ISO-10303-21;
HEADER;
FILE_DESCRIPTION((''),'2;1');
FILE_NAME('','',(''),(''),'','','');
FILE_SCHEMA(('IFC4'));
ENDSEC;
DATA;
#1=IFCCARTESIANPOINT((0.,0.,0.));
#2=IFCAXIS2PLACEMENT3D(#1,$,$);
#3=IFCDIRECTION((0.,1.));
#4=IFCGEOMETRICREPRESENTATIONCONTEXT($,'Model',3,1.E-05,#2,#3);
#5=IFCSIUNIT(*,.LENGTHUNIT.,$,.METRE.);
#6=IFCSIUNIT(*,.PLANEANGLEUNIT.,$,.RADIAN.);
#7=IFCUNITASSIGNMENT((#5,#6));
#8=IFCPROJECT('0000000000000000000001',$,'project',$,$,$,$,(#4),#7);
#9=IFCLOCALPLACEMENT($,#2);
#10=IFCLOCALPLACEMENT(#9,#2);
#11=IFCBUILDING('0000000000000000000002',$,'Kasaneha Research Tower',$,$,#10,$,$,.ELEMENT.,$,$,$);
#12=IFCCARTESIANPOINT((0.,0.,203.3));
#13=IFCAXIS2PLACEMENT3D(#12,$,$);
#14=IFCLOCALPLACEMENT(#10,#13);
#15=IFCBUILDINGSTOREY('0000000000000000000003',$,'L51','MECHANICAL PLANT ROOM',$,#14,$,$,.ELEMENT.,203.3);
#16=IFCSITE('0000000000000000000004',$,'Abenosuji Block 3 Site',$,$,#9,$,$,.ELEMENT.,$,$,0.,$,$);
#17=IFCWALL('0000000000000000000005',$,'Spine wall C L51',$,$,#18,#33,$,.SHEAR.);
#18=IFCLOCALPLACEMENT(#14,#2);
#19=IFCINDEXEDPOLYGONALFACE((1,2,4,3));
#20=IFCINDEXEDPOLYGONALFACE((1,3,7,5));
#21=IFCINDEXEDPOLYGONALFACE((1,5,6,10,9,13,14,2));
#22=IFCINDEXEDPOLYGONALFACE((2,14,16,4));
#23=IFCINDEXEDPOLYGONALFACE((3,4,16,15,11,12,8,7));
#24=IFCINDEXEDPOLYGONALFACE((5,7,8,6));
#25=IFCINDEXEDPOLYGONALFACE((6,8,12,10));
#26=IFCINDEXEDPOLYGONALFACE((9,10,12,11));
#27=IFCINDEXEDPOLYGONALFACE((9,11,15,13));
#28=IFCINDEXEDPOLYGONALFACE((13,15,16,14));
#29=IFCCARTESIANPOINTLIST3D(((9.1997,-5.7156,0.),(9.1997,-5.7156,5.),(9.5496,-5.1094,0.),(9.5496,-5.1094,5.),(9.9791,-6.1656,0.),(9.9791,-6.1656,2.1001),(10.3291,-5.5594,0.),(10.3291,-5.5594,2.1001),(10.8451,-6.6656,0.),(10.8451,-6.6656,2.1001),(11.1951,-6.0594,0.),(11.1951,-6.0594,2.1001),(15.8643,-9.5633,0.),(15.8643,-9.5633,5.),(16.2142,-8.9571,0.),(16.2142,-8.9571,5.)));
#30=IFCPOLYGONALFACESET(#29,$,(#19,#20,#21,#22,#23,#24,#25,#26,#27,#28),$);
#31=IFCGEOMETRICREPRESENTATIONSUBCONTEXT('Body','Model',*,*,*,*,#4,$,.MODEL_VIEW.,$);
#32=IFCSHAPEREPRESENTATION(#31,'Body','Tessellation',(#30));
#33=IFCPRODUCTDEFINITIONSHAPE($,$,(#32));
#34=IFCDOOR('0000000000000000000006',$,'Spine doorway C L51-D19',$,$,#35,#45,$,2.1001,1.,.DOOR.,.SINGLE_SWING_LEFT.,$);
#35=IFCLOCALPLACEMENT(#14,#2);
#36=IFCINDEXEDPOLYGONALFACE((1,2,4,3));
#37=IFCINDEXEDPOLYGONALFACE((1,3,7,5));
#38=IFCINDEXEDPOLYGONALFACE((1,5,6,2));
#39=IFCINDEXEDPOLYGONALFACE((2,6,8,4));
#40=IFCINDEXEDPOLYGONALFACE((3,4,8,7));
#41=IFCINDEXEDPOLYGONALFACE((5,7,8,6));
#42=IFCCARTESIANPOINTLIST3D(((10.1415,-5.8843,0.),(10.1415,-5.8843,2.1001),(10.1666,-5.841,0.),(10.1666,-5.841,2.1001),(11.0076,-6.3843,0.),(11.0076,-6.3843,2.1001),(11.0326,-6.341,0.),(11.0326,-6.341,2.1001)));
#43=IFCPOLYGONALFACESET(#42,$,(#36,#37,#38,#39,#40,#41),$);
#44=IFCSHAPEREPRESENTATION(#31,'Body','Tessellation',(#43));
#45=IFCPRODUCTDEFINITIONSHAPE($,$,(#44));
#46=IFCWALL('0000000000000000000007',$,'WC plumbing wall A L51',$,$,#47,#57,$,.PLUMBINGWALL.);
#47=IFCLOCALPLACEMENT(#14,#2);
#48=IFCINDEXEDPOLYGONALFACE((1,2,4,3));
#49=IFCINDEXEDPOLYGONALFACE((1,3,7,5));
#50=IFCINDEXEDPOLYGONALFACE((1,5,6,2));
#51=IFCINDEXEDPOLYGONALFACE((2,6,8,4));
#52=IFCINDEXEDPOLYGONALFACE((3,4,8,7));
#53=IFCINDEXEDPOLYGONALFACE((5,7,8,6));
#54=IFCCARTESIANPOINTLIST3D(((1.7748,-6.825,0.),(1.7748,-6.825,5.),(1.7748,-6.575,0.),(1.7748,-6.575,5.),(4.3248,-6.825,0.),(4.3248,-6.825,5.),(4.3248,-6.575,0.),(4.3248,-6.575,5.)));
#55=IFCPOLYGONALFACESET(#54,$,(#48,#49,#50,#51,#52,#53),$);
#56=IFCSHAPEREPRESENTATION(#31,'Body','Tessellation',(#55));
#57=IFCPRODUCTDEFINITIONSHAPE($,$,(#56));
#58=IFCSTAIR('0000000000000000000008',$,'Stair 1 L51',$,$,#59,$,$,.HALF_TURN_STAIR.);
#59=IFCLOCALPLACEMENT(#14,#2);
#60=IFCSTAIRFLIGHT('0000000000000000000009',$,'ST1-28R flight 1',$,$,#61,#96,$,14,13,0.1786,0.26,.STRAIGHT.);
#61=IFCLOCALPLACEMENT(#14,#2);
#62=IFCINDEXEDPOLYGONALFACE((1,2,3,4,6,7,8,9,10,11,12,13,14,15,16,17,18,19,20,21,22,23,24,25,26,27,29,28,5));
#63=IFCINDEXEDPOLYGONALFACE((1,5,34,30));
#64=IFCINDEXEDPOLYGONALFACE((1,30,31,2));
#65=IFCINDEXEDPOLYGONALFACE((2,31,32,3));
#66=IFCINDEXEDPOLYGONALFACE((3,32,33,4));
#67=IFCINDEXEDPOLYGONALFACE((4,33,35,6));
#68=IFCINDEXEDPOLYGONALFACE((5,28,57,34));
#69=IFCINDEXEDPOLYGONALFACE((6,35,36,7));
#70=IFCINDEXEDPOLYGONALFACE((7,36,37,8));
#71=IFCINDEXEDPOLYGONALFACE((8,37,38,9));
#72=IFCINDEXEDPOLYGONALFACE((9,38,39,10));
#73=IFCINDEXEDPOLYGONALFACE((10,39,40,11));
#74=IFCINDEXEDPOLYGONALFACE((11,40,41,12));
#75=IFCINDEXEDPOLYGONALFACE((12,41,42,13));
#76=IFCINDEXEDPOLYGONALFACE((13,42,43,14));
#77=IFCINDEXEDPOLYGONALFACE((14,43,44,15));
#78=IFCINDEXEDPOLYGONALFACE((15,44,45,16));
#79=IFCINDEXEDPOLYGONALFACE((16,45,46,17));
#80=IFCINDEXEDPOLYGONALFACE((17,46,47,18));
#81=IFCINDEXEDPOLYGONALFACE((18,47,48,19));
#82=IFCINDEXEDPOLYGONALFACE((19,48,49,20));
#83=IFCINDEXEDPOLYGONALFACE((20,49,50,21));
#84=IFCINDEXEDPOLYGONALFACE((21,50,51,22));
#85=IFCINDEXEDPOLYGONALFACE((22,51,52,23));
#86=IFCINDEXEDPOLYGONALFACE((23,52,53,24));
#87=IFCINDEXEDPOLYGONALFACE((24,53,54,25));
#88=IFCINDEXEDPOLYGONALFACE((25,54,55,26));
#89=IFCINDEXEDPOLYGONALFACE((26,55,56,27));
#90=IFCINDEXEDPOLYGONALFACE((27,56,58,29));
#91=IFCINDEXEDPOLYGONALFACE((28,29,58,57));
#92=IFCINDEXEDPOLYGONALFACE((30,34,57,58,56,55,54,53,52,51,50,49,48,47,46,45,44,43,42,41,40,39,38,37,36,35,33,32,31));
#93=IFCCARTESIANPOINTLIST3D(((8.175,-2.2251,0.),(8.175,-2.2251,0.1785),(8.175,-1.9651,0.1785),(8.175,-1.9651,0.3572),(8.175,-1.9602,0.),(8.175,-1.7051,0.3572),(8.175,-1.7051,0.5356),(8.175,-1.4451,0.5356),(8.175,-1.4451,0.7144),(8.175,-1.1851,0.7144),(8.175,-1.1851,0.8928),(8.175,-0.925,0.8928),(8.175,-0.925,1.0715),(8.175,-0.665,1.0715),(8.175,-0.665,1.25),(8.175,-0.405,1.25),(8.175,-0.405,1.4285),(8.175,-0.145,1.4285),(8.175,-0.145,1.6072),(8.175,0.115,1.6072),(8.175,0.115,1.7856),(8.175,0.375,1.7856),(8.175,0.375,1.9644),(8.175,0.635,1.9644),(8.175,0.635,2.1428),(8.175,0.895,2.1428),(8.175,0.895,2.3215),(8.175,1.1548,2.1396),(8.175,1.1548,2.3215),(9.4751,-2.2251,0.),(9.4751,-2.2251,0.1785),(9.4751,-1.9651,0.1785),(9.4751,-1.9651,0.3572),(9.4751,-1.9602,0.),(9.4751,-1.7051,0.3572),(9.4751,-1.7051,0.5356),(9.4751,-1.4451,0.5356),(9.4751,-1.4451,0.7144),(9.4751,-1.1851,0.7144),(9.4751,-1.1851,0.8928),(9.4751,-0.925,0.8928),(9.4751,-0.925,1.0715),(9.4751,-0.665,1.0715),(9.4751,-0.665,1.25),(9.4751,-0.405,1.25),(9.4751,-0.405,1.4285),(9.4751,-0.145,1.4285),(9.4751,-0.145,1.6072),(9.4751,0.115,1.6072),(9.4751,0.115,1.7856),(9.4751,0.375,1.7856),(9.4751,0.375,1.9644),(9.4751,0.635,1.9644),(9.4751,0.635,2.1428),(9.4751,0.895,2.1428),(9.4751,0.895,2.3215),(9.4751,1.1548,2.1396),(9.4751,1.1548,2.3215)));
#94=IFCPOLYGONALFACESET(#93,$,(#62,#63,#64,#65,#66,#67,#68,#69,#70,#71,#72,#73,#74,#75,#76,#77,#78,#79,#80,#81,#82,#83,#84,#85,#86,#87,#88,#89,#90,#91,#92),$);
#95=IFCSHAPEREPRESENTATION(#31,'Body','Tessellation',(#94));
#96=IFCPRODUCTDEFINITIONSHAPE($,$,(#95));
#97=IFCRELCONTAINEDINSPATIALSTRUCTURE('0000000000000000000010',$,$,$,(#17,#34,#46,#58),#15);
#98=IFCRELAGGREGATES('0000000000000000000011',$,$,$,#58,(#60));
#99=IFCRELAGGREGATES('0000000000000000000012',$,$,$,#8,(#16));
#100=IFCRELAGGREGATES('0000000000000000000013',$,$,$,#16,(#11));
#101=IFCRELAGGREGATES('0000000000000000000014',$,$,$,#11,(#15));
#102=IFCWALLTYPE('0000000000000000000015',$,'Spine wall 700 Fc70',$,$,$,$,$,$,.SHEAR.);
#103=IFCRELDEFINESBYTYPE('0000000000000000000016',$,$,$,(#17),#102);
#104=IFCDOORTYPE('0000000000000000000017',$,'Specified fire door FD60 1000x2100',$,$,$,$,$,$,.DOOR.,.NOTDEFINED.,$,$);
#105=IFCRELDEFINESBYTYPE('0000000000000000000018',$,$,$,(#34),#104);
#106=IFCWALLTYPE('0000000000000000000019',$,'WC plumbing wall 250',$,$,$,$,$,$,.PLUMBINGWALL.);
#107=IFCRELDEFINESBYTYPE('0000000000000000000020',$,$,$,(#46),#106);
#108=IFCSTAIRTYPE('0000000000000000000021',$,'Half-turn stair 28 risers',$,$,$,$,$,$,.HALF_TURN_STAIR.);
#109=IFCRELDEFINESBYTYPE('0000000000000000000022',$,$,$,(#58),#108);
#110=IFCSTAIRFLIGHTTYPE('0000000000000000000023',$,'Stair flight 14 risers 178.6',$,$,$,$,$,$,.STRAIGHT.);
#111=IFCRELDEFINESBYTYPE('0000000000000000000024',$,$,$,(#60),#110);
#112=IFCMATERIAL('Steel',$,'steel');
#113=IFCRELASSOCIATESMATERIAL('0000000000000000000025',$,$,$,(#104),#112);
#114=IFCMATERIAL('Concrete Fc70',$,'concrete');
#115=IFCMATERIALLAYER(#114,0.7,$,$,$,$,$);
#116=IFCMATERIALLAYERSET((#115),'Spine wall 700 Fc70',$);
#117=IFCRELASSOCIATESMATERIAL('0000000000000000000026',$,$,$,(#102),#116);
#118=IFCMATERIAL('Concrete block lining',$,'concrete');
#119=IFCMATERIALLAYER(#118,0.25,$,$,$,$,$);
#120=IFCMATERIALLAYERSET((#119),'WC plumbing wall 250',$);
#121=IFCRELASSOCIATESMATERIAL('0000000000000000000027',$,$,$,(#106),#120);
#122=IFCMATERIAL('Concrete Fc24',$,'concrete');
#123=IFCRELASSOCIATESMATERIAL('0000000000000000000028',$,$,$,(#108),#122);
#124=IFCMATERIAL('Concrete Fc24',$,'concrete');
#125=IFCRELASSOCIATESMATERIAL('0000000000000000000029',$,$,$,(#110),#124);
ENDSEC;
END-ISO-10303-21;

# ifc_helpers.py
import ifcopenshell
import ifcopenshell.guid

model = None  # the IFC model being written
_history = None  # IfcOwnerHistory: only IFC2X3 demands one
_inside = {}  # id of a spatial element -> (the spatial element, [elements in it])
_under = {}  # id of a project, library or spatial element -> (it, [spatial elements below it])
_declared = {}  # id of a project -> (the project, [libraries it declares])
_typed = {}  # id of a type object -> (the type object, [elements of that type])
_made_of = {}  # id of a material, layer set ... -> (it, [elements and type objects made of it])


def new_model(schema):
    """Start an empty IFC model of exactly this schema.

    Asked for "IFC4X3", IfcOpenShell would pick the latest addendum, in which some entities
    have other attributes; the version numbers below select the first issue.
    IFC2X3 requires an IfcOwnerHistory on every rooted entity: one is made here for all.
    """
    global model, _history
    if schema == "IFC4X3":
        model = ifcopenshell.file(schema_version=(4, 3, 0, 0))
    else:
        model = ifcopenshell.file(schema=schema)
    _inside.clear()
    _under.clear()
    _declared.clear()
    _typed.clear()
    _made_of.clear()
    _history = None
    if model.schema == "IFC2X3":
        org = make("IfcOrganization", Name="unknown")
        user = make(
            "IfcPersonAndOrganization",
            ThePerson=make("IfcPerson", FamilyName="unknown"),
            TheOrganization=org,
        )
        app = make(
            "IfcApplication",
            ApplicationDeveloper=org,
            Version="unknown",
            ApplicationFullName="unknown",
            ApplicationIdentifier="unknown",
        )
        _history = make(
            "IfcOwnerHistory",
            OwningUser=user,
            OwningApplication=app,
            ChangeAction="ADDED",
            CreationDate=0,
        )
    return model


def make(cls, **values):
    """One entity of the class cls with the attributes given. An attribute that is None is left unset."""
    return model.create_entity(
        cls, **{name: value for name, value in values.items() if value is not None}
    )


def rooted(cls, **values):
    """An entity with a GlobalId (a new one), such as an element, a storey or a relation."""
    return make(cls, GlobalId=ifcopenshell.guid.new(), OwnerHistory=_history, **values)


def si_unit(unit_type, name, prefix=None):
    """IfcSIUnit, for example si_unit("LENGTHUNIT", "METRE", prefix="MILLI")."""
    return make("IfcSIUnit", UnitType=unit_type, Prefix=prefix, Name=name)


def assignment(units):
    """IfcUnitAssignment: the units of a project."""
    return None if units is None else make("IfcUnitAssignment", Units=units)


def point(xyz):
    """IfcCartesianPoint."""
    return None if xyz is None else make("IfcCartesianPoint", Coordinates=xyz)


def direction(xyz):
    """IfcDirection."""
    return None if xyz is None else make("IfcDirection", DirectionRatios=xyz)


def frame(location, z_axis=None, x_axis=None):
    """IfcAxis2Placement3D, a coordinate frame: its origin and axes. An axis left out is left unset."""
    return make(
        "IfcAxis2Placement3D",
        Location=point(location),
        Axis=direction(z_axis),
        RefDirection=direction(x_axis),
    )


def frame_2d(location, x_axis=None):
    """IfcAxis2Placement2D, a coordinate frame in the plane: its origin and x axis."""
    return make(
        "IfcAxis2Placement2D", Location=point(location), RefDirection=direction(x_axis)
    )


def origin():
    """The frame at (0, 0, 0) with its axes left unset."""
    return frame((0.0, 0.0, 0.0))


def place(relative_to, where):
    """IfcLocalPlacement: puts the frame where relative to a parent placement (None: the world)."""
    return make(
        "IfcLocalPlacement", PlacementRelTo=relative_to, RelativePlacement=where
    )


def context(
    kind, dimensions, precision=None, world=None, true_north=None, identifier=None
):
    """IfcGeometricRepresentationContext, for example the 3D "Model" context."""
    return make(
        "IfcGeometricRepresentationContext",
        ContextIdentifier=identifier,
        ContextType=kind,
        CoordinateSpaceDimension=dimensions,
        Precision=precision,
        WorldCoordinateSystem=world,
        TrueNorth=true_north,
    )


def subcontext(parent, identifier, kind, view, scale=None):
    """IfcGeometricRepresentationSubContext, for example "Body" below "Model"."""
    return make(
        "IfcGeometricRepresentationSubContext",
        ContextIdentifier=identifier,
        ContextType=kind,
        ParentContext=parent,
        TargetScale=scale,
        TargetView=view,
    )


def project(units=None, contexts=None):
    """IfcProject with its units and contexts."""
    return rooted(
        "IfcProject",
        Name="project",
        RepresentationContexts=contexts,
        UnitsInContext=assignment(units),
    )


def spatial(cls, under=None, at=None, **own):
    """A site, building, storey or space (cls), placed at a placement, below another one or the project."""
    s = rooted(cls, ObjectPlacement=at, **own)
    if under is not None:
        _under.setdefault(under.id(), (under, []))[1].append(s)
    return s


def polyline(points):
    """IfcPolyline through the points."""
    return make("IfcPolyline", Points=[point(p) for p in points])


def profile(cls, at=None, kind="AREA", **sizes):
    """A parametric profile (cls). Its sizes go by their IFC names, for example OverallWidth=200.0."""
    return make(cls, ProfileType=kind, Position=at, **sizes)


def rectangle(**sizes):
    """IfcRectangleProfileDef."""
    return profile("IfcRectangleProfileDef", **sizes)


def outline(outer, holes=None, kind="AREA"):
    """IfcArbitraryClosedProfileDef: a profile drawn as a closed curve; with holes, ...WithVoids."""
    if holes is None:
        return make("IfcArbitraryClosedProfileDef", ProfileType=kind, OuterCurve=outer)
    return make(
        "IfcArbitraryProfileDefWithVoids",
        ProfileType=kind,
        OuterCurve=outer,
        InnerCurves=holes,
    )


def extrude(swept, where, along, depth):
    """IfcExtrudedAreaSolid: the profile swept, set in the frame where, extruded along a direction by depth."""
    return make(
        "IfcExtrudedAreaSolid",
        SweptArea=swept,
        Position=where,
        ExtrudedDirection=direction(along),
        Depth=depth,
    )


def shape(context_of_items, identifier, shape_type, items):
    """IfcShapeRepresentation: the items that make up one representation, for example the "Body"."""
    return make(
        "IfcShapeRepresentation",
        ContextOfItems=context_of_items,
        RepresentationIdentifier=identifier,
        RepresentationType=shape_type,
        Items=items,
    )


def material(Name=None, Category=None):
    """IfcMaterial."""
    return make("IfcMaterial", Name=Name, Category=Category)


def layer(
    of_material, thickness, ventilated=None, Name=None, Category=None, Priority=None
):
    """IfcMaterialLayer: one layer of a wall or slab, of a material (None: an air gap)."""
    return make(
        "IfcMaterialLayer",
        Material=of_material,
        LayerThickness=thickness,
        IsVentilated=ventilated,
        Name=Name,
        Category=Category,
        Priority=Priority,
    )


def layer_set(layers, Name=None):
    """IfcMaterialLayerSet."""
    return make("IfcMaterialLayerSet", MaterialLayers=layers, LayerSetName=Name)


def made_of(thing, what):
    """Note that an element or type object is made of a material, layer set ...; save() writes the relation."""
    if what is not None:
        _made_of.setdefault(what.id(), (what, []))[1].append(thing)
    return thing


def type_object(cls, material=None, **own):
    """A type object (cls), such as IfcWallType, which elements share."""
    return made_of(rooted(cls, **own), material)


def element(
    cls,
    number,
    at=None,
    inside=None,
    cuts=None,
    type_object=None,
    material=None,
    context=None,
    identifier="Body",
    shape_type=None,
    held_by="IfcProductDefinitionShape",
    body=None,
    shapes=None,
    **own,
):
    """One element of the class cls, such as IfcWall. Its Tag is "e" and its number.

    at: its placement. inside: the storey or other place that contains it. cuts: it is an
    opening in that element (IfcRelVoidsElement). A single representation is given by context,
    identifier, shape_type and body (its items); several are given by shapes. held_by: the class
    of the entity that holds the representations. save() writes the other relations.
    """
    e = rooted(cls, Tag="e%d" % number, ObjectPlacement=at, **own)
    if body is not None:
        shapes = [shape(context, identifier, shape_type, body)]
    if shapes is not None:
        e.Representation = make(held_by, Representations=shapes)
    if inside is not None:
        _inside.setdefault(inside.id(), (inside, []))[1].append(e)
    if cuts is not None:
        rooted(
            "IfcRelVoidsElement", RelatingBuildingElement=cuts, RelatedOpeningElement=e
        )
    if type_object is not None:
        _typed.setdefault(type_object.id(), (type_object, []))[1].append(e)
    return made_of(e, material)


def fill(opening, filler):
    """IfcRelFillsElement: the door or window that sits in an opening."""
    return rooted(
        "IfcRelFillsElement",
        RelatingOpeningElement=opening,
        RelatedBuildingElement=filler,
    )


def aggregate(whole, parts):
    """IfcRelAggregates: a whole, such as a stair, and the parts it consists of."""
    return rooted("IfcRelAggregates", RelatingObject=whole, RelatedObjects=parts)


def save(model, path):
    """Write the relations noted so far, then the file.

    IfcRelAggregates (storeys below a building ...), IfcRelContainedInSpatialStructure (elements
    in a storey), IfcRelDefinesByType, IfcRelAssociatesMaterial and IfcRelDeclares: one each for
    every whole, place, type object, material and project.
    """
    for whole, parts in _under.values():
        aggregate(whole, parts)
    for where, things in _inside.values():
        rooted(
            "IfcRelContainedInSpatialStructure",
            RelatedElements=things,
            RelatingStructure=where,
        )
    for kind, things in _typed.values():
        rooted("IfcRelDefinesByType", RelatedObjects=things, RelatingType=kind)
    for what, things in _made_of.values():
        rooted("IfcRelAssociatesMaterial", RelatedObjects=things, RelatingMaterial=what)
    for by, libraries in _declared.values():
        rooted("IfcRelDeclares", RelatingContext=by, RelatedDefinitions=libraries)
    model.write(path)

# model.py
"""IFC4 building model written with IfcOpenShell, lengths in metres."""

from ifc_helpers import new_model, si_unit, direction, frame, frame_2d, origin, place, context, subcontext, project, spatial, polyline, rectangle, outline, extrude, material, layer, layer_set, type_object, element, fill, aggregate, save


model = new_model("IFC4")

# Units and contexts
model_context = context("Model", 3, precision=1e-05, world=origin(), true_north=direction((0.0, 1.0)))
body_context = subcontext(model_context, "Body", "Model", "MODEL_VIEW")
ifc_project = project(units=[si_unit("LENGTHUNIT", "METRE"), si_unit("PLANEANGLEUNIT", "RADIAN")], contexts=[model_context])

# Site, building, storey
site_placement = place(None, origin())
site = spatial("IfcSite", under=ifc_project, at=site_placement, Name="Abenosuji Block 3 Site", CompositionType="ELEMENT", RefElevation=0.0)
building_placement = place(site_placement, origin())
building = spatial("IfcBuilding", under=site, at=building_placement, Name="Kasaneha Research Tower", CompositionType="ELEMENT")
storey_placement = place(building_placement, frame((0.0, 0.0, 203.3)))
storey = spatial("IfcBuildingStorey", under=building, at=storey_placement, Name="L51", Description="MECHANICAL PLANT ROOM", CompositionType="ELEMENT", Elevation=203.3)

# Shared definitions
ifc_material_1 = material(Name="Steel", Category="steel")
door_type_1 = type_object("IfcDoorType", Name="Specified fire door FD60 1000x2100", OperationType="NOTDEFINED", PredefinedType="DOOR", material=ifc_material_1)

# Wall, opening, door
ifc_material_2 = material(Name="Concrete Fc70", Category="concrete")
ifc_layer_1 = layer(ifc_material_2, 0.7)
ifc_layer_set_1 = layer_set([ifc_layer_1], Name="Spine wall 700 Fc70")
wall_type_1 = type_object("IfcWallType", Name="Spine wall 700 Fc70", PredefinedType="SHEAR", material=ifc_layer_set_1)
wall_1_placement = place(storey_placement, frame((9.3748, -5.4126, 0.0), z_axis=(0.0, 0.0, 1.0), x_axis=(0.866032, -0.499988, 0.0)))
wall_1 = element("IfcWall", 1, at=wall_1_placement, inside=storey, type_object=wall_type_1, Name="Spine wall C L51", PredefinedType="SHEAR", context=body_context, shape_type="SweptSolid", body=[
    extrude(rectangle(XDim=7.6956, YDim=0.7, at=frame_2d((3.8477, 0.0))), origin(), (0.0, 0.0, 1.0), 5.0),
])
opening_1_placement = place(wall_1_placement, frame((0.8999, 0.0, 0.0)))
opening_1 = element("IfcOpeningElement", 2, at=opening_1_placement, cuts=wall_1, PredefinedType="OPENING", context=body_context, shape_type="SweptSolid", body=[
    extrude(rectangle(XDim=1.0, YDim=2.1001, at=frame_2d((0.5, 1.05))), frame((0.0, 0.3599, 0.0), z_axis=(0.0, -1.0, 0.0), x_axis=(1.0, 0.0, 0.0)), (0.0, 0.0, 1.0), 0.72),
])
door_1_placement = place(opening_1_placement, origin())
door_1 = element("IfcDoor", 3, at=door_1_placement, inside=storey, type_object=door_type_1, Name="Spine doorway C L51-D19", OperationType="SINGLE_SWING_LEFT", OverallHeight=2.1001, OverallWidth=1.0, PredefinedType="DOOR", context=body_context, shape_type="SweptSolid", body=[
    extrude(rectangle(XDim=1.0, YDim=2.1001, at=frame_2d((0.5, 1.05))), frame((0.0, 0.0249, 0.0), z_axis=(0.0, -1.0, 0.0), x_axis=(1.0, 0.0, 0.0)), (0.0, 0.0, 1.0), 0.05),
])
fill(opening_1, door_1)

# Wall
ifc_material_3 = material(Name="Concrete block lining", Category="concrete")
ifc_layer_2 = layer(ifc_material_3, 0.25)
ifc_layer_set_2 = layer_set([ifc_layer_2], Name="WC plumbing wall 250")
wall_type_2 = type_object("IfcWallType", Name="WC plumbing wall 250", PredefinedType="PLUMBINGWALL", material=ifc_layer_set_2)
wall_2_placement = place(storey_placement, frame((1.7749, -6.7, 0.0), z_axis=(0.0, 0.0, 1.0), x_axis=(1.0, 0.0, 0.0)))
element("IfcWall", 4, at=wall_2_placement, inside=storey, type_object=wall_type_2, Name="WC plumbing wall A L51", PredefinedType="PLUMBINGWALL", context=body_context, shape_type="SweptSolid", body=[
    extrude(rectangle(XDim=2.55, YDim=0.25, at=frame_2d((1.2749, 0.0))), origin(), (0.0, 0.0, 1.0), 5.0),
])

# Stair, stair flight
ifc_material_4 = material(Name="Concrete Fc24", Category="concrete")
stair_type = type_object("IfcStairType", Name="Half-turn stair 28 risers", PredefinedType="HALF_TURN_STAIR", material=ifc_material_4)
stair_placement = place(storey_placement, origin())
stair = element("IfcStair", 5, at=stair_placement, inside=storey, type_object=stair_type, Name="Stair 1 L51", PredefinedType="HALF_TURN_STAIR")
ifc_material_5 = material(Name="Concrete Fc24", Category="concrete")
stair_flight_type = type_object("IfcStairFlightType", Name="Stair flight 14 risers 178.6", PredefinedType="STRAIGHT", material=ifc_material_5)
stair_flight_placement = place(storey_placement, frame((8.825, -2.2251, 0.0), z_axis=(0.0, 0.0, 1.0), x_axis=(0.0, 1.0, 0.0)))
stair_flight = element("IfcStairFlight", 6, at=stair_flight_placement, type_object=stair_flight_type, Name="ST1-28R flight 1", NumberOfRisers=14, NumberOfTreads=13, PredefinedType="STRAIGHT", RiserHeight=0.1786, TreadLength=0.26, context=body_context, shape_type="SweptSolid", body=[
    extrude(outline(polyline([(0.0, 0.0), (0.0, 0.1785), (0.26, 0.1785), (0.26, 0.3572), (0.52, 0.3572), (0.52, 0.5356), (0.78, 0.5356), (0.78, 0.7144), (1.04, 0.7144), (1.04, 0.8928), (1.3, 0.8928), (1.3, 1.0715), (1.5601, 1.0715), (1.5601, 1.25), (1.8201, 1.25), (1.8201, 1.4285), (2.0801, 1.4285), (2.0801, 1.6072), (2.3401, 1.6072), (2.3401, 1.7856), (2.6001, 1.7856), (2.6001, 1.9644), (2.8601, 1.9644), (2.8601, 2.1428), (3.1201, 2.1428), (3.1201, 2.3215), (3.3799, 2.3215), (3.3799, 2.5), (3.3799, 2.1396), (0.2649, 0.0), (0.0, 0.0)])), frame((0.0, 0.6499, 0.0), z_axis=(0.0, -1.0, 0.0), x_axis=(1.0, 0.0, 0.0)), (0.0, 0.0, 1.0), 1.3),
])
aggregate(stair, [stair_flight])

save(model, "model.ifc")
